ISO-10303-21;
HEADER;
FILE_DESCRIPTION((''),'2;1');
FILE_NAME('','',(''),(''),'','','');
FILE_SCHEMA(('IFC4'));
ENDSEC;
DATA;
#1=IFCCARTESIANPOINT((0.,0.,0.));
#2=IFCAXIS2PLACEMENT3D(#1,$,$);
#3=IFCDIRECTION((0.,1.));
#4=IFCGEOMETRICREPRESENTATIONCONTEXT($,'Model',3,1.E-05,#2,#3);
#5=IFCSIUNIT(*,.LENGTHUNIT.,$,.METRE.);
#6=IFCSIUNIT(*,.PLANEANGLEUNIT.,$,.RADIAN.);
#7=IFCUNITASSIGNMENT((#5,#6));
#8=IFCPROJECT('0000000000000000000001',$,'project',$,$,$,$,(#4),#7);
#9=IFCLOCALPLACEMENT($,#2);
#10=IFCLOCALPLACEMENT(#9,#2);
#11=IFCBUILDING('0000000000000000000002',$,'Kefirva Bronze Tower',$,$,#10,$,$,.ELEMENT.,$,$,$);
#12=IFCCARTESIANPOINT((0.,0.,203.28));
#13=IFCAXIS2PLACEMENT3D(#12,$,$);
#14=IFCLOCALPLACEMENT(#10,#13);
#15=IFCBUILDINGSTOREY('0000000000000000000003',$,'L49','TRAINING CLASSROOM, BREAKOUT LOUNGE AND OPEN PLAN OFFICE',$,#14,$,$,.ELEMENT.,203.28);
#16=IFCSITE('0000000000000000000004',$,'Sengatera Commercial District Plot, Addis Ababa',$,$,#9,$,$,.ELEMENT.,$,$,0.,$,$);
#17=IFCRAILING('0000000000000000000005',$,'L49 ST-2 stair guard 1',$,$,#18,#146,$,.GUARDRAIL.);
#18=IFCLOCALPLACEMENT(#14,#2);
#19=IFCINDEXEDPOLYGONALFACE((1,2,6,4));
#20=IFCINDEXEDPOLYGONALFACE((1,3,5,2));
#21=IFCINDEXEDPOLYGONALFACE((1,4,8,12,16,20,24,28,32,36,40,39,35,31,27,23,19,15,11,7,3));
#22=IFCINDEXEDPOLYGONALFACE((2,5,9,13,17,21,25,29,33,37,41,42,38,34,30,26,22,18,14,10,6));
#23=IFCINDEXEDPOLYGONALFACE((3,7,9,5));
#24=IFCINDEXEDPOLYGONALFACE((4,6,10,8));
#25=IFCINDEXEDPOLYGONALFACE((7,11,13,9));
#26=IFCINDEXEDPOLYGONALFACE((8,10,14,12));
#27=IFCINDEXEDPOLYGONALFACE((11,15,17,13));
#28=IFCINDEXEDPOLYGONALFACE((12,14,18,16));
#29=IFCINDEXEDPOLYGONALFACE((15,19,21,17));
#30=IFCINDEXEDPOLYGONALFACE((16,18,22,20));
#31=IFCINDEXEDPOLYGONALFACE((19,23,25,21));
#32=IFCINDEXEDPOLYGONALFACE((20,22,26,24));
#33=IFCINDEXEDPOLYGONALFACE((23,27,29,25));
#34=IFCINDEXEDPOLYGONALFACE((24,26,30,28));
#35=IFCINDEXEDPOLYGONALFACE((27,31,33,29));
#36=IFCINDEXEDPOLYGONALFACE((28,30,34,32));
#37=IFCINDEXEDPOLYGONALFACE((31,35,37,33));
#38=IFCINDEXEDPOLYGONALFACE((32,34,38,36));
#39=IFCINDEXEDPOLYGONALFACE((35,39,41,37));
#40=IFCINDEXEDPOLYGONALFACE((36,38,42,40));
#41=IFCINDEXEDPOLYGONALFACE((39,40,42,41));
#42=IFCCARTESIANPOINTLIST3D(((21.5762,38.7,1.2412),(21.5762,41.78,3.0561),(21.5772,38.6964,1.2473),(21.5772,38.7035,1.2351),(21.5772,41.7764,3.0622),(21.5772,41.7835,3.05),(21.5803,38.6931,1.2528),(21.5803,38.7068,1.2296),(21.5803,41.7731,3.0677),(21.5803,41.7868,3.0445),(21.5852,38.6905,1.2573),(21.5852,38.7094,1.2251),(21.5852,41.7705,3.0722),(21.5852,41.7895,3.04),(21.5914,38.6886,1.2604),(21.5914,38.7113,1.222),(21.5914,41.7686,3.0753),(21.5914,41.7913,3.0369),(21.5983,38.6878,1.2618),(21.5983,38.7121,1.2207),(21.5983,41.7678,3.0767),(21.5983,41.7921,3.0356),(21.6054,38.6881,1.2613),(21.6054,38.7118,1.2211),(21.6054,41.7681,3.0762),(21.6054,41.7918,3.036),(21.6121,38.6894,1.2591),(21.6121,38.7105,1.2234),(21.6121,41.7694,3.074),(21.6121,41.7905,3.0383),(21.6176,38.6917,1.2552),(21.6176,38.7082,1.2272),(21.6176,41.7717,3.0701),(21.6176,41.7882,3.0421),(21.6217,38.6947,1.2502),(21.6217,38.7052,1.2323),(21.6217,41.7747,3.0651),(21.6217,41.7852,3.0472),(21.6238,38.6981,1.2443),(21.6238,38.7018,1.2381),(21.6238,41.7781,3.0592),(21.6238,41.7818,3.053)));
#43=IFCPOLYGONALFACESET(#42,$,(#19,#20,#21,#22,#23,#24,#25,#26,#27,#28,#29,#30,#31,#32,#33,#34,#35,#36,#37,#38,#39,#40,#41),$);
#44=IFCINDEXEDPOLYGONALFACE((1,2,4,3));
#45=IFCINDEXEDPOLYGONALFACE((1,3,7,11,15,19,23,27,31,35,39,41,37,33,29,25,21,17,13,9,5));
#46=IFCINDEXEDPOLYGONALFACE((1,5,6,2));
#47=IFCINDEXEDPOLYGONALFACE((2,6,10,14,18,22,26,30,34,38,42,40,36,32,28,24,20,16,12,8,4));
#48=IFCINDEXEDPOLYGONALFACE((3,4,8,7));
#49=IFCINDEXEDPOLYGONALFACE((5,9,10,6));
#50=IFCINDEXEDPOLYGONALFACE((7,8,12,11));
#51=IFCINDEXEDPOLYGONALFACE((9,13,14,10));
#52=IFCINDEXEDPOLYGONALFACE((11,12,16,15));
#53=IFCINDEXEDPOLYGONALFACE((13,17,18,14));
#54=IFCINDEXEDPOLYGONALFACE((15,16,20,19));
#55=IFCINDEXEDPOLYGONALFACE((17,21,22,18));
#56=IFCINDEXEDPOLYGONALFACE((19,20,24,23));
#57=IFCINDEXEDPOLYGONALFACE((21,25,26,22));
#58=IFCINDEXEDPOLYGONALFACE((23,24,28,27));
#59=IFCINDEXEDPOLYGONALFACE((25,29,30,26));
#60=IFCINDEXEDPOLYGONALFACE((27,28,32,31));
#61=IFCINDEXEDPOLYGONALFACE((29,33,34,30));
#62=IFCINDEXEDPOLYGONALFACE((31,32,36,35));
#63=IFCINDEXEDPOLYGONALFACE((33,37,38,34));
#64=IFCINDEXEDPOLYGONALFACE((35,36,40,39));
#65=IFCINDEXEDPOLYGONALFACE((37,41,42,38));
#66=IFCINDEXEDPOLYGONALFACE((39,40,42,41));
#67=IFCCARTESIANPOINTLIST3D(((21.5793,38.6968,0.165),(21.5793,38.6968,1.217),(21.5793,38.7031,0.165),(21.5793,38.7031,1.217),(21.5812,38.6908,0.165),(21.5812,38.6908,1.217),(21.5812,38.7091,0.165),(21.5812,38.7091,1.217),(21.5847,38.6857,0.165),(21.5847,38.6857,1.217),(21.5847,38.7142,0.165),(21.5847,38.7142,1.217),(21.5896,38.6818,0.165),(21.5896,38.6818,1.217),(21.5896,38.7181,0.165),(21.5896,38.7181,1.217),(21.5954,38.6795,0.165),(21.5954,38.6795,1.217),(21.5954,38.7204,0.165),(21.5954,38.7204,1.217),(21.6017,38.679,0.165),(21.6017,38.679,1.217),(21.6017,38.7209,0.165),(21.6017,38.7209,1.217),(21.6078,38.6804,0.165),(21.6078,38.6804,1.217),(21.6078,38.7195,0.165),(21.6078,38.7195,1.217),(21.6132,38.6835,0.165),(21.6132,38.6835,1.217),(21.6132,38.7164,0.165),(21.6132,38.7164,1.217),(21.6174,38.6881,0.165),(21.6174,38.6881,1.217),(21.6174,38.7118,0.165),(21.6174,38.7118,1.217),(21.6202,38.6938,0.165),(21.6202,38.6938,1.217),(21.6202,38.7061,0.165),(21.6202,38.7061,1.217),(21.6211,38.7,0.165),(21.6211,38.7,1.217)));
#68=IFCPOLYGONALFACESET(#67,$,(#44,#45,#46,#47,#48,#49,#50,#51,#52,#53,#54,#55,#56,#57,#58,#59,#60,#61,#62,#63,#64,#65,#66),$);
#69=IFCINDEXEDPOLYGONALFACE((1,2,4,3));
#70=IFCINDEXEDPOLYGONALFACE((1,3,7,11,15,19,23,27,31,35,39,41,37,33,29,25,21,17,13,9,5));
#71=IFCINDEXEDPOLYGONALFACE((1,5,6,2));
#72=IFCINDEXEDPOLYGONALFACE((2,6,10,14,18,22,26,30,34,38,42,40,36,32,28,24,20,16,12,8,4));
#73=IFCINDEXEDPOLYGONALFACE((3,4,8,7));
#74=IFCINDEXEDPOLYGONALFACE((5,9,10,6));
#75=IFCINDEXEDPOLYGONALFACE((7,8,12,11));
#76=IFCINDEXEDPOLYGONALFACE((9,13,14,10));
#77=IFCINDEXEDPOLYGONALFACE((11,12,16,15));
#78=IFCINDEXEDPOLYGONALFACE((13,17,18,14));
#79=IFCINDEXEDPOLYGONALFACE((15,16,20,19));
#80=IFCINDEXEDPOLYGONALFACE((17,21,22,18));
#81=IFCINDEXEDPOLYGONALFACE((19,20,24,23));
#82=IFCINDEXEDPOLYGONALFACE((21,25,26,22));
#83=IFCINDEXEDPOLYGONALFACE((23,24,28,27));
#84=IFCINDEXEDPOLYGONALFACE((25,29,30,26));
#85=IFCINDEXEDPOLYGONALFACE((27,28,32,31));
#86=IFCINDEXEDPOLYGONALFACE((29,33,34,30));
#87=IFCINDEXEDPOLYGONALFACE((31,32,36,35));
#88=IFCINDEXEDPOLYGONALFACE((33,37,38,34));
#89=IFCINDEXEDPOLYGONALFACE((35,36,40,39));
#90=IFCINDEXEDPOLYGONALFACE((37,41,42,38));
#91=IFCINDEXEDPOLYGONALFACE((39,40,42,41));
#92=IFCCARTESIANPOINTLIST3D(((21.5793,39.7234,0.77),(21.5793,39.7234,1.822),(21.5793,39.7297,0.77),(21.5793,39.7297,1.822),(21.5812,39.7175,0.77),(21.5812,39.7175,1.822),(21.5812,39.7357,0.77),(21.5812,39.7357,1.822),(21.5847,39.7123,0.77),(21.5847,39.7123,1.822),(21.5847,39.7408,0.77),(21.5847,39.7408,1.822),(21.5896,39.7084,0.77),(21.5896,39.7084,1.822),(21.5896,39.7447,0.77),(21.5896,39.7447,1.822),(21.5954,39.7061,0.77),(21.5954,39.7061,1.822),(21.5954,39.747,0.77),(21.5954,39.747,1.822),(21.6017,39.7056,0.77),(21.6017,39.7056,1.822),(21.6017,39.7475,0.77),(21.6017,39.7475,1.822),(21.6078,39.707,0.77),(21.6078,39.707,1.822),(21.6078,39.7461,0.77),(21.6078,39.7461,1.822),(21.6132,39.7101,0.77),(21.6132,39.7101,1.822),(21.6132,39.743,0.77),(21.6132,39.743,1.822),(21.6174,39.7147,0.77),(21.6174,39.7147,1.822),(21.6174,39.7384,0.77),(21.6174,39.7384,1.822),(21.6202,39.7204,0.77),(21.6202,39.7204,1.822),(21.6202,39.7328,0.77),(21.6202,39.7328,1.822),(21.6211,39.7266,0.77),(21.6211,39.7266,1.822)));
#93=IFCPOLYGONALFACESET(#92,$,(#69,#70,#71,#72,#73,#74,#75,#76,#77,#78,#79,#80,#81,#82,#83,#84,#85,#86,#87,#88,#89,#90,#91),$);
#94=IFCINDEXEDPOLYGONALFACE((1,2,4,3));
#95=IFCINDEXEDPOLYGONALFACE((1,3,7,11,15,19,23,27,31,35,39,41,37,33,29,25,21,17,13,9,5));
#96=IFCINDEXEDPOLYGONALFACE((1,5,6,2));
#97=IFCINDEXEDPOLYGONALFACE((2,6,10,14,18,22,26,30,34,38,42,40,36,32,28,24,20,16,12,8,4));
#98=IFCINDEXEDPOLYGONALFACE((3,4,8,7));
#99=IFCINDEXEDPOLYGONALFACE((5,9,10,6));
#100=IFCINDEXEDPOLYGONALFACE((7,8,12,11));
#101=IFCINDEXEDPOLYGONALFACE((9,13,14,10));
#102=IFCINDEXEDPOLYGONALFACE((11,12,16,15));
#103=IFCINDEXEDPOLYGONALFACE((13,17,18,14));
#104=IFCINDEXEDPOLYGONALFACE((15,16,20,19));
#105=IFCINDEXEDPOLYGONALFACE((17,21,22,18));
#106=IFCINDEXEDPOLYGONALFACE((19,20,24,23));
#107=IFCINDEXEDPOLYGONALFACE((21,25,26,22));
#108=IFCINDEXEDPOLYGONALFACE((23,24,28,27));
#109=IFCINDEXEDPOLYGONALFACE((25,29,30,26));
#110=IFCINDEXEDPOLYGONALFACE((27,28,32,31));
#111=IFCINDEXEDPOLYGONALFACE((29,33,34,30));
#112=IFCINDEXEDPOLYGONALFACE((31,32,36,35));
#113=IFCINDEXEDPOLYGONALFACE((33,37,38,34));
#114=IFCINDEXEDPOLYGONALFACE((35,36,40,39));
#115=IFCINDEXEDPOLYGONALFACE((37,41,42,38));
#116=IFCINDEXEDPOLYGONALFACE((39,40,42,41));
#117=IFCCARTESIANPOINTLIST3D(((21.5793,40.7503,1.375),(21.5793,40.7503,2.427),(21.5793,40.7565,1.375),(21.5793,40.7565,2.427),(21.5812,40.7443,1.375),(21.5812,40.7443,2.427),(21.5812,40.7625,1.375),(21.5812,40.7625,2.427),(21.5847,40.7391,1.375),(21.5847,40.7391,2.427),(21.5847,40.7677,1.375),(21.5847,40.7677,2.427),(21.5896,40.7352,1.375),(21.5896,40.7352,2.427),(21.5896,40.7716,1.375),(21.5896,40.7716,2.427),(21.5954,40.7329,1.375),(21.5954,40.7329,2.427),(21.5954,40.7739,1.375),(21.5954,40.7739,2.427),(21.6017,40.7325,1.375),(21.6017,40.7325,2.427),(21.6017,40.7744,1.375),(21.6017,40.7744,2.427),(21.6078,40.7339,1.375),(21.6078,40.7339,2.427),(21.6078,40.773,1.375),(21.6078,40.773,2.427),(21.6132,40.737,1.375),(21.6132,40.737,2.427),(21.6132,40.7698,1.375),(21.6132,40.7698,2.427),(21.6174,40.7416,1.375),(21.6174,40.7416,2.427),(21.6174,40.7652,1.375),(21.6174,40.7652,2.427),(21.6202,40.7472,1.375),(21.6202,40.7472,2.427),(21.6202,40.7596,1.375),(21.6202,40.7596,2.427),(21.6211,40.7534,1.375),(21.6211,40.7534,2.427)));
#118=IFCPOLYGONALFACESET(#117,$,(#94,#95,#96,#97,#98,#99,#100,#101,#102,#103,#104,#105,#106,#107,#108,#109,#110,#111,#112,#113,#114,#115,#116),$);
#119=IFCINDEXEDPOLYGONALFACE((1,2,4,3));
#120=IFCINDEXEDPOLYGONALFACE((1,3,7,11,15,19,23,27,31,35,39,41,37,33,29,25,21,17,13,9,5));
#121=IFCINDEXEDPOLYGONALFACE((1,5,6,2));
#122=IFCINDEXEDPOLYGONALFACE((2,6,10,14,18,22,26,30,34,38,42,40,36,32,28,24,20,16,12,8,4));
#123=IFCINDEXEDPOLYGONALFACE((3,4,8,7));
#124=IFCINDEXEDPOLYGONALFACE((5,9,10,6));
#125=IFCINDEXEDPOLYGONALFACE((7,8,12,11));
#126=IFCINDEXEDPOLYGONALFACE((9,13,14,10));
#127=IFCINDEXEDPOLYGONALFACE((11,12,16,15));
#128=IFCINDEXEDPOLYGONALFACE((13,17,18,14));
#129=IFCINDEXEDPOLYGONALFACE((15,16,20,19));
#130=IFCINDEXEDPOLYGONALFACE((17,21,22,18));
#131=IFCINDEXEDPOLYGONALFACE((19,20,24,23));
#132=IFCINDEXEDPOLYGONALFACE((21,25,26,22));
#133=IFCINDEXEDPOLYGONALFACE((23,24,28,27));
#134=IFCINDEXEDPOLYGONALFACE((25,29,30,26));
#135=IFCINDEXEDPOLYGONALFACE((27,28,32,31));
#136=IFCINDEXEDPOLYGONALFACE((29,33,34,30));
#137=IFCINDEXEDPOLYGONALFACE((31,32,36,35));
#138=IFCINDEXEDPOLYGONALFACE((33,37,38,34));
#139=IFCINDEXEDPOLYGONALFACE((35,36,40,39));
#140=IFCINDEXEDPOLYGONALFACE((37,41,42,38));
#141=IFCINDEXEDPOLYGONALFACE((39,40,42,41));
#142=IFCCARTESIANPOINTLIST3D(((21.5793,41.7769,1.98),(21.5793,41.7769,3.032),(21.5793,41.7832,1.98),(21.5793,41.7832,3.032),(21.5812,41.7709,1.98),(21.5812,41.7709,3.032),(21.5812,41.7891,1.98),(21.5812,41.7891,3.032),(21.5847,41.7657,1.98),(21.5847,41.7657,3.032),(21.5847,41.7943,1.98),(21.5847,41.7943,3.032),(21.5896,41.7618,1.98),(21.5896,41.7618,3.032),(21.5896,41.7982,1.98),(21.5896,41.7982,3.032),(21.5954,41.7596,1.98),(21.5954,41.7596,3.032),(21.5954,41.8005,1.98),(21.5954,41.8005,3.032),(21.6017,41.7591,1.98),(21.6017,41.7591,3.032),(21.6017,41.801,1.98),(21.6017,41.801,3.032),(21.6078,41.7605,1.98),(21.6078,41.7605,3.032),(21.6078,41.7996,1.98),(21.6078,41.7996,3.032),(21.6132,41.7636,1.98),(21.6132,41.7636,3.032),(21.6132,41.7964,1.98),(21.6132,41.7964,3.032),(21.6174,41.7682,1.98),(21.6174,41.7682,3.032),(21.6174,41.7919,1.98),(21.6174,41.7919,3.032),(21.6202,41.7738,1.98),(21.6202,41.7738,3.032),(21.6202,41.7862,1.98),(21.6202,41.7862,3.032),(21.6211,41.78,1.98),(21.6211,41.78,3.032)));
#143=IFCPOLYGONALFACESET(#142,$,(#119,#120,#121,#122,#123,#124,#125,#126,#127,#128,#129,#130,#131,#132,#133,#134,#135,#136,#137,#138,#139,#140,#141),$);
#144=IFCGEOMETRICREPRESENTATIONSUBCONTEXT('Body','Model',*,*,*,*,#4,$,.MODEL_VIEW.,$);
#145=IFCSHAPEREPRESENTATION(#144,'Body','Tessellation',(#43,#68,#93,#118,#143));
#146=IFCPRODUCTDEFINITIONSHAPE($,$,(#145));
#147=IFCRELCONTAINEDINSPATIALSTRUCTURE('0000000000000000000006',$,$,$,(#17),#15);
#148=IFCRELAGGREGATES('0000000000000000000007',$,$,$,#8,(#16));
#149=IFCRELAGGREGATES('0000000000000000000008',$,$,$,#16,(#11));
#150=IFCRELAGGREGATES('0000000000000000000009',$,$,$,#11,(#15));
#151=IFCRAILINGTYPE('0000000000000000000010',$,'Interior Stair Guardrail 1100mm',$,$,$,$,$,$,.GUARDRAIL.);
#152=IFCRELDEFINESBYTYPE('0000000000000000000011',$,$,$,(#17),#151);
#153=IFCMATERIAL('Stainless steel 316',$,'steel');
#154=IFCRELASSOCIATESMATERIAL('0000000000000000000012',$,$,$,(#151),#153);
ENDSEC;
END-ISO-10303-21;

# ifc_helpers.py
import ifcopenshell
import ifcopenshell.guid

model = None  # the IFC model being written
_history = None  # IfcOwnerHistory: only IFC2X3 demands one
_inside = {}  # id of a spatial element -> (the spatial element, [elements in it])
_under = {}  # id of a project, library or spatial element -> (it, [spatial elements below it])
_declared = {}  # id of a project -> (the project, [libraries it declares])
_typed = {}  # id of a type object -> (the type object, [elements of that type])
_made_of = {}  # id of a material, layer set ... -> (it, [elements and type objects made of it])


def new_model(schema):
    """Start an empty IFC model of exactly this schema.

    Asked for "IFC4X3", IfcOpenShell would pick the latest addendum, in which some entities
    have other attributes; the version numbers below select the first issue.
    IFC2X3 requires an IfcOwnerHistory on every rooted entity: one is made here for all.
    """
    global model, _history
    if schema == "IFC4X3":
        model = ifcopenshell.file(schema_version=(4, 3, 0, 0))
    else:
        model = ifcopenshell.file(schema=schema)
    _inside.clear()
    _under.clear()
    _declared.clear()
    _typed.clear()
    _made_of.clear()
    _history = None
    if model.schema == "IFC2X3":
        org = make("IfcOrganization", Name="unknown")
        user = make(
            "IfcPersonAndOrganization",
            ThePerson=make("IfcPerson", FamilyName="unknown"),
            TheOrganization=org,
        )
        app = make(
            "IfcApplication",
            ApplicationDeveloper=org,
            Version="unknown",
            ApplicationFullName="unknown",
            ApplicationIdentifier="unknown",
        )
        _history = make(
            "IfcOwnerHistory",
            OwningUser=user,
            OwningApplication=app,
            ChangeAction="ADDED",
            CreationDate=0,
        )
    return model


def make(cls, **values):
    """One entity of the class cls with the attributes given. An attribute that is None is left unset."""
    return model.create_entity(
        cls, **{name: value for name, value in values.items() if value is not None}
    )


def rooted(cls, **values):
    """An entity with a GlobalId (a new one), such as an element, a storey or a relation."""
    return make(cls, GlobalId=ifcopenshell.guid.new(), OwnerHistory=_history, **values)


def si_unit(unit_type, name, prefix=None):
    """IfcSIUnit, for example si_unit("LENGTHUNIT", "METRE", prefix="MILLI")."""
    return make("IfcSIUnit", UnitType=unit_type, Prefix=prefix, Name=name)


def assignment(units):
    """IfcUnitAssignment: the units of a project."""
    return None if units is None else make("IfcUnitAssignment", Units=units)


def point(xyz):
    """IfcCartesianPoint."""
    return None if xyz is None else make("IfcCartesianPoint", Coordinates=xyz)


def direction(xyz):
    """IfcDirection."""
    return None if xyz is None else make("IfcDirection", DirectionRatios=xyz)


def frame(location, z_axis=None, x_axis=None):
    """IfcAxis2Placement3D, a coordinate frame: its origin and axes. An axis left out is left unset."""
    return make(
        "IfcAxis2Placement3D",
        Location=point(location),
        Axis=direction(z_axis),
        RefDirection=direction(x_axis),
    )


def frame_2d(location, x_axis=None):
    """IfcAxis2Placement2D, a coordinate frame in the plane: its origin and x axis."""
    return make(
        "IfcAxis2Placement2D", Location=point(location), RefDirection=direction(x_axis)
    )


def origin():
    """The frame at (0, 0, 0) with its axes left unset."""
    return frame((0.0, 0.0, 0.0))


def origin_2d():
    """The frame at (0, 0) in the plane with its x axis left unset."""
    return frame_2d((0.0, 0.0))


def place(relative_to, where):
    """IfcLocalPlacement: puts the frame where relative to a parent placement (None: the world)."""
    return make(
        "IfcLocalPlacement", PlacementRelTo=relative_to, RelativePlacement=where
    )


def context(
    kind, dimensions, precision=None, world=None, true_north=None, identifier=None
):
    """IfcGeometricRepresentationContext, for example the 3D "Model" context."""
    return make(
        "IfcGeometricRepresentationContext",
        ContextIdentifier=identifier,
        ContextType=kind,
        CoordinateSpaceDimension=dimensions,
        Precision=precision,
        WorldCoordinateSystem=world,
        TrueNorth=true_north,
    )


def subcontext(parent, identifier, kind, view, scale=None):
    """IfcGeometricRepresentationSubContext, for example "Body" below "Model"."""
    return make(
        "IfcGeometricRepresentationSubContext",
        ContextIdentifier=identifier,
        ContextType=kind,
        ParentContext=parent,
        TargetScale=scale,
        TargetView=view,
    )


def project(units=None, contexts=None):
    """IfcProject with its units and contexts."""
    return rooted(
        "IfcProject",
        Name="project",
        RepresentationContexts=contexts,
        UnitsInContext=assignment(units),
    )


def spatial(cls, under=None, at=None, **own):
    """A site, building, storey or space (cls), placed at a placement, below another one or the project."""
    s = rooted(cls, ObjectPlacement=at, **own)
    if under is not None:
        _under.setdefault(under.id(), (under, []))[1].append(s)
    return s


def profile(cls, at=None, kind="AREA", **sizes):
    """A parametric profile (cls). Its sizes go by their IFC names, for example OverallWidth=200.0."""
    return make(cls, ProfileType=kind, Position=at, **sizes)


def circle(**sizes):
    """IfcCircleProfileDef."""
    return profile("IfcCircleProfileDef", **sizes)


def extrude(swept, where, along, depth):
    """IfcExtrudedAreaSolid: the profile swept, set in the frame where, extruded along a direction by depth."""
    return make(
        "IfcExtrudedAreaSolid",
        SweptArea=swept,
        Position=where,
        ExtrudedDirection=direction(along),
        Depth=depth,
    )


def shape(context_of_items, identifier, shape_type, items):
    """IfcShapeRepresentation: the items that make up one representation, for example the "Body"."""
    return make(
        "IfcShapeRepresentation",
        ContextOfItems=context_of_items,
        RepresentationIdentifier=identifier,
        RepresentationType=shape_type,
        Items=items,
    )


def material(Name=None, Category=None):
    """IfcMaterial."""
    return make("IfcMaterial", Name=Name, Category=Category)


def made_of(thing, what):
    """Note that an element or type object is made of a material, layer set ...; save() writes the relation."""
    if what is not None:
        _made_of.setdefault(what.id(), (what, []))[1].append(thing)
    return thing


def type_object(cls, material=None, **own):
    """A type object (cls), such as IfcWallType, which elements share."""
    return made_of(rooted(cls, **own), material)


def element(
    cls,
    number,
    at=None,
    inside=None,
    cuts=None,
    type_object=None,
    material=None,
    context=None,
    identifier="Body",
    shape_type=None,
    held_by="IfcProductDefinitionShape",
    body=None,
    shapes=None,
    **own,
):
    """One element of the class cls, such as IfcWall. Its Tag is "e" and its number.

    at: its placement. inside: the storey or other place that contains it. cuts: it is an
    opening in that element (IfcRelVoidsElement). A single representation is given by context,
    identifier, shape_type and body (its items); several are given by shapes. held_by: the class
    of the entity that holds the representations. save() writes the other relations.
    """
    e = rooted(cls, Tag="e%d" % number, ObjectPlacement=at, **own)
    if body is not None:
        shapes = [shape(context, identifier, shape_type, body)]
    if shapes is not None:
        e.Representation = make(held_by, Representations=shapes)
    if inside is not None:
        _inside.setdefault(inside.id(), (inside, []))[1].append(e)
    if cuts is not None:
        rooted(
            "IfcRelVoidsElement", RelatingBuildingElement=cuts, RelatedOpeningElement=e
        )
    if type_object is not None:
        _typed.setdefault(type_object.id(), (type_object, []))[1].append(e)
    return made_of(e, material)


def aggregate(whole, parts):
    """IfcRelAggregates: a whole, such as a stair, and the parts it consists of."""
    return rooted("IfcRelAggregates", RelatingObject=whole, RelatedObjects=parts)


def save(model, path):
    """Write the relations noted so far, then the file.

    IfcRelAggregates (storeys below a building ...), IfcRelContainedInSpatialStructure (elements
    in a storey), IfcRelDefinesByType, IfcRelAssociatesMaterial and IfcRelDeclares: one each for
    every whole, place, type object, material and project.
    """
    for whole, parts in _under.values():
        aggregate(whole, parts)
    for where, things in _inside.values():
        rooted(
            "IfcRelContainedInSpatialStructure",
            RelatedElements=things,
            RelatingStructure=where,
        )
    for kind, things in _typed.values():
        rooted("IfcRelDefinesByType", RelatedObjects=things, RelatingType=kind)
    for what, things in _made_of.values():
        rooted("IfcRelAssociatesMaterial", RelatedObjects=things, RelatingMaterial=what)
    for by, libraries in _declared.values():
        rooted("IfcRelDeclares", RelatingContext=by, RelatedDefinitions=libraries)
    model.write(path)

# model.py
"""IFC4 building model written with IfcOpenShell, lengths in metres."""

from ifc_helpers import new_model, si_unit, direction, frame, origin, origin_2d, place, context, subcontext, project, spatial, circle, extrude, material, type_object, element, save


model = new_model("IFC4")

# Units and contexts
model_context = context("Model", 3, precision=1e-05, world=origin(), true_north=direction((0.0, 1.0)))
body_context = subcontext(model_context, "Body", "Model", "MODEL_VIEW")
ifc_project = project(units=[si_unit("LENGTHUNIT", "METRE"), si_unit("PLANEANGLEUNIT", "RADIAN")], contexts=[model_context])

# Site, building, storey
site_placement = place(None, origin())
site = spatial("IfcSite", under=ifc_project, at=site_placement, Name="Sengatera Commercial District Plot, Addis Ababa", CompositionType="ELEMENT", RefElevation=0.0)
building_placement = place(site_placement, origin())
building = spatial("IfcBuilding", under=site, at=building_placement, Name="Kefirva Bronze Tower", CompositionType="ELEMENT")
storey_placement = place(building_placement, frame((0.0, 0.0, 203.28)))
storey = spatial("IfcBuildingStorey", under=building, at=storey_placement, Name="L49", Description="TRAINING CLASSROOM, BREAKOUT LOUNGE AND OPEN PLAN OFFICE", CompositionType="ELEMENT", Elevation=203.28)

# Railing
ifc_material_1 = material(Name="Stainless steel 316", Category="steel")
railing_type_1 = type_object("IfcRailingType", Name="Interior Stair Guardrail 1100mm", PredefinedType="GUARDRAIL", material=ifc_material_1)
railing_1_placement = place(storey_placement, frame((21.6001, 38.7, 0.165)))
element("IfcRailing", 1, at=railing_1_placement, inside=storey, type_object=railing_type_1, Name="L49 ST-2 stair guard 1", PredefinedType="GUARDRAIL", context=body_context, shape_type="SweptSolid", body=[
    extrude(circle(Radius=0.0239, at=origin_2d()), frame((0.0, 0.0, 1.0762), z_axis=(0.0, 0.861551, 0.507671), x_axis=(-1.0, 0.0, 0.0)), (0.0, 0.0, 1.0), 3.575),
    extrude(circle(Radius=0.021, at=origin_2d()), origin(), (0.0, 0.0, 1.0), 1.052),
    extrude(circle(Radius=0.021, at=origin_2d()), frame((0.0, 1.0266, 0.605)), (0.0, 0.0, 1.0), 1.052),
    extrude(circle(Radius=0.021, at=origin_2d()), frame((0.0, 2.0535, 1.21)), (0.0, 0.0, 1.0), 1.052),
    extrude(circle(Radius=0.021, at=origin_2d()), frame((0.0, 3.0801, 1.8149)), (0.0, 0.0, 1.0), 1.052),
])

save(model, "model.ifc")
